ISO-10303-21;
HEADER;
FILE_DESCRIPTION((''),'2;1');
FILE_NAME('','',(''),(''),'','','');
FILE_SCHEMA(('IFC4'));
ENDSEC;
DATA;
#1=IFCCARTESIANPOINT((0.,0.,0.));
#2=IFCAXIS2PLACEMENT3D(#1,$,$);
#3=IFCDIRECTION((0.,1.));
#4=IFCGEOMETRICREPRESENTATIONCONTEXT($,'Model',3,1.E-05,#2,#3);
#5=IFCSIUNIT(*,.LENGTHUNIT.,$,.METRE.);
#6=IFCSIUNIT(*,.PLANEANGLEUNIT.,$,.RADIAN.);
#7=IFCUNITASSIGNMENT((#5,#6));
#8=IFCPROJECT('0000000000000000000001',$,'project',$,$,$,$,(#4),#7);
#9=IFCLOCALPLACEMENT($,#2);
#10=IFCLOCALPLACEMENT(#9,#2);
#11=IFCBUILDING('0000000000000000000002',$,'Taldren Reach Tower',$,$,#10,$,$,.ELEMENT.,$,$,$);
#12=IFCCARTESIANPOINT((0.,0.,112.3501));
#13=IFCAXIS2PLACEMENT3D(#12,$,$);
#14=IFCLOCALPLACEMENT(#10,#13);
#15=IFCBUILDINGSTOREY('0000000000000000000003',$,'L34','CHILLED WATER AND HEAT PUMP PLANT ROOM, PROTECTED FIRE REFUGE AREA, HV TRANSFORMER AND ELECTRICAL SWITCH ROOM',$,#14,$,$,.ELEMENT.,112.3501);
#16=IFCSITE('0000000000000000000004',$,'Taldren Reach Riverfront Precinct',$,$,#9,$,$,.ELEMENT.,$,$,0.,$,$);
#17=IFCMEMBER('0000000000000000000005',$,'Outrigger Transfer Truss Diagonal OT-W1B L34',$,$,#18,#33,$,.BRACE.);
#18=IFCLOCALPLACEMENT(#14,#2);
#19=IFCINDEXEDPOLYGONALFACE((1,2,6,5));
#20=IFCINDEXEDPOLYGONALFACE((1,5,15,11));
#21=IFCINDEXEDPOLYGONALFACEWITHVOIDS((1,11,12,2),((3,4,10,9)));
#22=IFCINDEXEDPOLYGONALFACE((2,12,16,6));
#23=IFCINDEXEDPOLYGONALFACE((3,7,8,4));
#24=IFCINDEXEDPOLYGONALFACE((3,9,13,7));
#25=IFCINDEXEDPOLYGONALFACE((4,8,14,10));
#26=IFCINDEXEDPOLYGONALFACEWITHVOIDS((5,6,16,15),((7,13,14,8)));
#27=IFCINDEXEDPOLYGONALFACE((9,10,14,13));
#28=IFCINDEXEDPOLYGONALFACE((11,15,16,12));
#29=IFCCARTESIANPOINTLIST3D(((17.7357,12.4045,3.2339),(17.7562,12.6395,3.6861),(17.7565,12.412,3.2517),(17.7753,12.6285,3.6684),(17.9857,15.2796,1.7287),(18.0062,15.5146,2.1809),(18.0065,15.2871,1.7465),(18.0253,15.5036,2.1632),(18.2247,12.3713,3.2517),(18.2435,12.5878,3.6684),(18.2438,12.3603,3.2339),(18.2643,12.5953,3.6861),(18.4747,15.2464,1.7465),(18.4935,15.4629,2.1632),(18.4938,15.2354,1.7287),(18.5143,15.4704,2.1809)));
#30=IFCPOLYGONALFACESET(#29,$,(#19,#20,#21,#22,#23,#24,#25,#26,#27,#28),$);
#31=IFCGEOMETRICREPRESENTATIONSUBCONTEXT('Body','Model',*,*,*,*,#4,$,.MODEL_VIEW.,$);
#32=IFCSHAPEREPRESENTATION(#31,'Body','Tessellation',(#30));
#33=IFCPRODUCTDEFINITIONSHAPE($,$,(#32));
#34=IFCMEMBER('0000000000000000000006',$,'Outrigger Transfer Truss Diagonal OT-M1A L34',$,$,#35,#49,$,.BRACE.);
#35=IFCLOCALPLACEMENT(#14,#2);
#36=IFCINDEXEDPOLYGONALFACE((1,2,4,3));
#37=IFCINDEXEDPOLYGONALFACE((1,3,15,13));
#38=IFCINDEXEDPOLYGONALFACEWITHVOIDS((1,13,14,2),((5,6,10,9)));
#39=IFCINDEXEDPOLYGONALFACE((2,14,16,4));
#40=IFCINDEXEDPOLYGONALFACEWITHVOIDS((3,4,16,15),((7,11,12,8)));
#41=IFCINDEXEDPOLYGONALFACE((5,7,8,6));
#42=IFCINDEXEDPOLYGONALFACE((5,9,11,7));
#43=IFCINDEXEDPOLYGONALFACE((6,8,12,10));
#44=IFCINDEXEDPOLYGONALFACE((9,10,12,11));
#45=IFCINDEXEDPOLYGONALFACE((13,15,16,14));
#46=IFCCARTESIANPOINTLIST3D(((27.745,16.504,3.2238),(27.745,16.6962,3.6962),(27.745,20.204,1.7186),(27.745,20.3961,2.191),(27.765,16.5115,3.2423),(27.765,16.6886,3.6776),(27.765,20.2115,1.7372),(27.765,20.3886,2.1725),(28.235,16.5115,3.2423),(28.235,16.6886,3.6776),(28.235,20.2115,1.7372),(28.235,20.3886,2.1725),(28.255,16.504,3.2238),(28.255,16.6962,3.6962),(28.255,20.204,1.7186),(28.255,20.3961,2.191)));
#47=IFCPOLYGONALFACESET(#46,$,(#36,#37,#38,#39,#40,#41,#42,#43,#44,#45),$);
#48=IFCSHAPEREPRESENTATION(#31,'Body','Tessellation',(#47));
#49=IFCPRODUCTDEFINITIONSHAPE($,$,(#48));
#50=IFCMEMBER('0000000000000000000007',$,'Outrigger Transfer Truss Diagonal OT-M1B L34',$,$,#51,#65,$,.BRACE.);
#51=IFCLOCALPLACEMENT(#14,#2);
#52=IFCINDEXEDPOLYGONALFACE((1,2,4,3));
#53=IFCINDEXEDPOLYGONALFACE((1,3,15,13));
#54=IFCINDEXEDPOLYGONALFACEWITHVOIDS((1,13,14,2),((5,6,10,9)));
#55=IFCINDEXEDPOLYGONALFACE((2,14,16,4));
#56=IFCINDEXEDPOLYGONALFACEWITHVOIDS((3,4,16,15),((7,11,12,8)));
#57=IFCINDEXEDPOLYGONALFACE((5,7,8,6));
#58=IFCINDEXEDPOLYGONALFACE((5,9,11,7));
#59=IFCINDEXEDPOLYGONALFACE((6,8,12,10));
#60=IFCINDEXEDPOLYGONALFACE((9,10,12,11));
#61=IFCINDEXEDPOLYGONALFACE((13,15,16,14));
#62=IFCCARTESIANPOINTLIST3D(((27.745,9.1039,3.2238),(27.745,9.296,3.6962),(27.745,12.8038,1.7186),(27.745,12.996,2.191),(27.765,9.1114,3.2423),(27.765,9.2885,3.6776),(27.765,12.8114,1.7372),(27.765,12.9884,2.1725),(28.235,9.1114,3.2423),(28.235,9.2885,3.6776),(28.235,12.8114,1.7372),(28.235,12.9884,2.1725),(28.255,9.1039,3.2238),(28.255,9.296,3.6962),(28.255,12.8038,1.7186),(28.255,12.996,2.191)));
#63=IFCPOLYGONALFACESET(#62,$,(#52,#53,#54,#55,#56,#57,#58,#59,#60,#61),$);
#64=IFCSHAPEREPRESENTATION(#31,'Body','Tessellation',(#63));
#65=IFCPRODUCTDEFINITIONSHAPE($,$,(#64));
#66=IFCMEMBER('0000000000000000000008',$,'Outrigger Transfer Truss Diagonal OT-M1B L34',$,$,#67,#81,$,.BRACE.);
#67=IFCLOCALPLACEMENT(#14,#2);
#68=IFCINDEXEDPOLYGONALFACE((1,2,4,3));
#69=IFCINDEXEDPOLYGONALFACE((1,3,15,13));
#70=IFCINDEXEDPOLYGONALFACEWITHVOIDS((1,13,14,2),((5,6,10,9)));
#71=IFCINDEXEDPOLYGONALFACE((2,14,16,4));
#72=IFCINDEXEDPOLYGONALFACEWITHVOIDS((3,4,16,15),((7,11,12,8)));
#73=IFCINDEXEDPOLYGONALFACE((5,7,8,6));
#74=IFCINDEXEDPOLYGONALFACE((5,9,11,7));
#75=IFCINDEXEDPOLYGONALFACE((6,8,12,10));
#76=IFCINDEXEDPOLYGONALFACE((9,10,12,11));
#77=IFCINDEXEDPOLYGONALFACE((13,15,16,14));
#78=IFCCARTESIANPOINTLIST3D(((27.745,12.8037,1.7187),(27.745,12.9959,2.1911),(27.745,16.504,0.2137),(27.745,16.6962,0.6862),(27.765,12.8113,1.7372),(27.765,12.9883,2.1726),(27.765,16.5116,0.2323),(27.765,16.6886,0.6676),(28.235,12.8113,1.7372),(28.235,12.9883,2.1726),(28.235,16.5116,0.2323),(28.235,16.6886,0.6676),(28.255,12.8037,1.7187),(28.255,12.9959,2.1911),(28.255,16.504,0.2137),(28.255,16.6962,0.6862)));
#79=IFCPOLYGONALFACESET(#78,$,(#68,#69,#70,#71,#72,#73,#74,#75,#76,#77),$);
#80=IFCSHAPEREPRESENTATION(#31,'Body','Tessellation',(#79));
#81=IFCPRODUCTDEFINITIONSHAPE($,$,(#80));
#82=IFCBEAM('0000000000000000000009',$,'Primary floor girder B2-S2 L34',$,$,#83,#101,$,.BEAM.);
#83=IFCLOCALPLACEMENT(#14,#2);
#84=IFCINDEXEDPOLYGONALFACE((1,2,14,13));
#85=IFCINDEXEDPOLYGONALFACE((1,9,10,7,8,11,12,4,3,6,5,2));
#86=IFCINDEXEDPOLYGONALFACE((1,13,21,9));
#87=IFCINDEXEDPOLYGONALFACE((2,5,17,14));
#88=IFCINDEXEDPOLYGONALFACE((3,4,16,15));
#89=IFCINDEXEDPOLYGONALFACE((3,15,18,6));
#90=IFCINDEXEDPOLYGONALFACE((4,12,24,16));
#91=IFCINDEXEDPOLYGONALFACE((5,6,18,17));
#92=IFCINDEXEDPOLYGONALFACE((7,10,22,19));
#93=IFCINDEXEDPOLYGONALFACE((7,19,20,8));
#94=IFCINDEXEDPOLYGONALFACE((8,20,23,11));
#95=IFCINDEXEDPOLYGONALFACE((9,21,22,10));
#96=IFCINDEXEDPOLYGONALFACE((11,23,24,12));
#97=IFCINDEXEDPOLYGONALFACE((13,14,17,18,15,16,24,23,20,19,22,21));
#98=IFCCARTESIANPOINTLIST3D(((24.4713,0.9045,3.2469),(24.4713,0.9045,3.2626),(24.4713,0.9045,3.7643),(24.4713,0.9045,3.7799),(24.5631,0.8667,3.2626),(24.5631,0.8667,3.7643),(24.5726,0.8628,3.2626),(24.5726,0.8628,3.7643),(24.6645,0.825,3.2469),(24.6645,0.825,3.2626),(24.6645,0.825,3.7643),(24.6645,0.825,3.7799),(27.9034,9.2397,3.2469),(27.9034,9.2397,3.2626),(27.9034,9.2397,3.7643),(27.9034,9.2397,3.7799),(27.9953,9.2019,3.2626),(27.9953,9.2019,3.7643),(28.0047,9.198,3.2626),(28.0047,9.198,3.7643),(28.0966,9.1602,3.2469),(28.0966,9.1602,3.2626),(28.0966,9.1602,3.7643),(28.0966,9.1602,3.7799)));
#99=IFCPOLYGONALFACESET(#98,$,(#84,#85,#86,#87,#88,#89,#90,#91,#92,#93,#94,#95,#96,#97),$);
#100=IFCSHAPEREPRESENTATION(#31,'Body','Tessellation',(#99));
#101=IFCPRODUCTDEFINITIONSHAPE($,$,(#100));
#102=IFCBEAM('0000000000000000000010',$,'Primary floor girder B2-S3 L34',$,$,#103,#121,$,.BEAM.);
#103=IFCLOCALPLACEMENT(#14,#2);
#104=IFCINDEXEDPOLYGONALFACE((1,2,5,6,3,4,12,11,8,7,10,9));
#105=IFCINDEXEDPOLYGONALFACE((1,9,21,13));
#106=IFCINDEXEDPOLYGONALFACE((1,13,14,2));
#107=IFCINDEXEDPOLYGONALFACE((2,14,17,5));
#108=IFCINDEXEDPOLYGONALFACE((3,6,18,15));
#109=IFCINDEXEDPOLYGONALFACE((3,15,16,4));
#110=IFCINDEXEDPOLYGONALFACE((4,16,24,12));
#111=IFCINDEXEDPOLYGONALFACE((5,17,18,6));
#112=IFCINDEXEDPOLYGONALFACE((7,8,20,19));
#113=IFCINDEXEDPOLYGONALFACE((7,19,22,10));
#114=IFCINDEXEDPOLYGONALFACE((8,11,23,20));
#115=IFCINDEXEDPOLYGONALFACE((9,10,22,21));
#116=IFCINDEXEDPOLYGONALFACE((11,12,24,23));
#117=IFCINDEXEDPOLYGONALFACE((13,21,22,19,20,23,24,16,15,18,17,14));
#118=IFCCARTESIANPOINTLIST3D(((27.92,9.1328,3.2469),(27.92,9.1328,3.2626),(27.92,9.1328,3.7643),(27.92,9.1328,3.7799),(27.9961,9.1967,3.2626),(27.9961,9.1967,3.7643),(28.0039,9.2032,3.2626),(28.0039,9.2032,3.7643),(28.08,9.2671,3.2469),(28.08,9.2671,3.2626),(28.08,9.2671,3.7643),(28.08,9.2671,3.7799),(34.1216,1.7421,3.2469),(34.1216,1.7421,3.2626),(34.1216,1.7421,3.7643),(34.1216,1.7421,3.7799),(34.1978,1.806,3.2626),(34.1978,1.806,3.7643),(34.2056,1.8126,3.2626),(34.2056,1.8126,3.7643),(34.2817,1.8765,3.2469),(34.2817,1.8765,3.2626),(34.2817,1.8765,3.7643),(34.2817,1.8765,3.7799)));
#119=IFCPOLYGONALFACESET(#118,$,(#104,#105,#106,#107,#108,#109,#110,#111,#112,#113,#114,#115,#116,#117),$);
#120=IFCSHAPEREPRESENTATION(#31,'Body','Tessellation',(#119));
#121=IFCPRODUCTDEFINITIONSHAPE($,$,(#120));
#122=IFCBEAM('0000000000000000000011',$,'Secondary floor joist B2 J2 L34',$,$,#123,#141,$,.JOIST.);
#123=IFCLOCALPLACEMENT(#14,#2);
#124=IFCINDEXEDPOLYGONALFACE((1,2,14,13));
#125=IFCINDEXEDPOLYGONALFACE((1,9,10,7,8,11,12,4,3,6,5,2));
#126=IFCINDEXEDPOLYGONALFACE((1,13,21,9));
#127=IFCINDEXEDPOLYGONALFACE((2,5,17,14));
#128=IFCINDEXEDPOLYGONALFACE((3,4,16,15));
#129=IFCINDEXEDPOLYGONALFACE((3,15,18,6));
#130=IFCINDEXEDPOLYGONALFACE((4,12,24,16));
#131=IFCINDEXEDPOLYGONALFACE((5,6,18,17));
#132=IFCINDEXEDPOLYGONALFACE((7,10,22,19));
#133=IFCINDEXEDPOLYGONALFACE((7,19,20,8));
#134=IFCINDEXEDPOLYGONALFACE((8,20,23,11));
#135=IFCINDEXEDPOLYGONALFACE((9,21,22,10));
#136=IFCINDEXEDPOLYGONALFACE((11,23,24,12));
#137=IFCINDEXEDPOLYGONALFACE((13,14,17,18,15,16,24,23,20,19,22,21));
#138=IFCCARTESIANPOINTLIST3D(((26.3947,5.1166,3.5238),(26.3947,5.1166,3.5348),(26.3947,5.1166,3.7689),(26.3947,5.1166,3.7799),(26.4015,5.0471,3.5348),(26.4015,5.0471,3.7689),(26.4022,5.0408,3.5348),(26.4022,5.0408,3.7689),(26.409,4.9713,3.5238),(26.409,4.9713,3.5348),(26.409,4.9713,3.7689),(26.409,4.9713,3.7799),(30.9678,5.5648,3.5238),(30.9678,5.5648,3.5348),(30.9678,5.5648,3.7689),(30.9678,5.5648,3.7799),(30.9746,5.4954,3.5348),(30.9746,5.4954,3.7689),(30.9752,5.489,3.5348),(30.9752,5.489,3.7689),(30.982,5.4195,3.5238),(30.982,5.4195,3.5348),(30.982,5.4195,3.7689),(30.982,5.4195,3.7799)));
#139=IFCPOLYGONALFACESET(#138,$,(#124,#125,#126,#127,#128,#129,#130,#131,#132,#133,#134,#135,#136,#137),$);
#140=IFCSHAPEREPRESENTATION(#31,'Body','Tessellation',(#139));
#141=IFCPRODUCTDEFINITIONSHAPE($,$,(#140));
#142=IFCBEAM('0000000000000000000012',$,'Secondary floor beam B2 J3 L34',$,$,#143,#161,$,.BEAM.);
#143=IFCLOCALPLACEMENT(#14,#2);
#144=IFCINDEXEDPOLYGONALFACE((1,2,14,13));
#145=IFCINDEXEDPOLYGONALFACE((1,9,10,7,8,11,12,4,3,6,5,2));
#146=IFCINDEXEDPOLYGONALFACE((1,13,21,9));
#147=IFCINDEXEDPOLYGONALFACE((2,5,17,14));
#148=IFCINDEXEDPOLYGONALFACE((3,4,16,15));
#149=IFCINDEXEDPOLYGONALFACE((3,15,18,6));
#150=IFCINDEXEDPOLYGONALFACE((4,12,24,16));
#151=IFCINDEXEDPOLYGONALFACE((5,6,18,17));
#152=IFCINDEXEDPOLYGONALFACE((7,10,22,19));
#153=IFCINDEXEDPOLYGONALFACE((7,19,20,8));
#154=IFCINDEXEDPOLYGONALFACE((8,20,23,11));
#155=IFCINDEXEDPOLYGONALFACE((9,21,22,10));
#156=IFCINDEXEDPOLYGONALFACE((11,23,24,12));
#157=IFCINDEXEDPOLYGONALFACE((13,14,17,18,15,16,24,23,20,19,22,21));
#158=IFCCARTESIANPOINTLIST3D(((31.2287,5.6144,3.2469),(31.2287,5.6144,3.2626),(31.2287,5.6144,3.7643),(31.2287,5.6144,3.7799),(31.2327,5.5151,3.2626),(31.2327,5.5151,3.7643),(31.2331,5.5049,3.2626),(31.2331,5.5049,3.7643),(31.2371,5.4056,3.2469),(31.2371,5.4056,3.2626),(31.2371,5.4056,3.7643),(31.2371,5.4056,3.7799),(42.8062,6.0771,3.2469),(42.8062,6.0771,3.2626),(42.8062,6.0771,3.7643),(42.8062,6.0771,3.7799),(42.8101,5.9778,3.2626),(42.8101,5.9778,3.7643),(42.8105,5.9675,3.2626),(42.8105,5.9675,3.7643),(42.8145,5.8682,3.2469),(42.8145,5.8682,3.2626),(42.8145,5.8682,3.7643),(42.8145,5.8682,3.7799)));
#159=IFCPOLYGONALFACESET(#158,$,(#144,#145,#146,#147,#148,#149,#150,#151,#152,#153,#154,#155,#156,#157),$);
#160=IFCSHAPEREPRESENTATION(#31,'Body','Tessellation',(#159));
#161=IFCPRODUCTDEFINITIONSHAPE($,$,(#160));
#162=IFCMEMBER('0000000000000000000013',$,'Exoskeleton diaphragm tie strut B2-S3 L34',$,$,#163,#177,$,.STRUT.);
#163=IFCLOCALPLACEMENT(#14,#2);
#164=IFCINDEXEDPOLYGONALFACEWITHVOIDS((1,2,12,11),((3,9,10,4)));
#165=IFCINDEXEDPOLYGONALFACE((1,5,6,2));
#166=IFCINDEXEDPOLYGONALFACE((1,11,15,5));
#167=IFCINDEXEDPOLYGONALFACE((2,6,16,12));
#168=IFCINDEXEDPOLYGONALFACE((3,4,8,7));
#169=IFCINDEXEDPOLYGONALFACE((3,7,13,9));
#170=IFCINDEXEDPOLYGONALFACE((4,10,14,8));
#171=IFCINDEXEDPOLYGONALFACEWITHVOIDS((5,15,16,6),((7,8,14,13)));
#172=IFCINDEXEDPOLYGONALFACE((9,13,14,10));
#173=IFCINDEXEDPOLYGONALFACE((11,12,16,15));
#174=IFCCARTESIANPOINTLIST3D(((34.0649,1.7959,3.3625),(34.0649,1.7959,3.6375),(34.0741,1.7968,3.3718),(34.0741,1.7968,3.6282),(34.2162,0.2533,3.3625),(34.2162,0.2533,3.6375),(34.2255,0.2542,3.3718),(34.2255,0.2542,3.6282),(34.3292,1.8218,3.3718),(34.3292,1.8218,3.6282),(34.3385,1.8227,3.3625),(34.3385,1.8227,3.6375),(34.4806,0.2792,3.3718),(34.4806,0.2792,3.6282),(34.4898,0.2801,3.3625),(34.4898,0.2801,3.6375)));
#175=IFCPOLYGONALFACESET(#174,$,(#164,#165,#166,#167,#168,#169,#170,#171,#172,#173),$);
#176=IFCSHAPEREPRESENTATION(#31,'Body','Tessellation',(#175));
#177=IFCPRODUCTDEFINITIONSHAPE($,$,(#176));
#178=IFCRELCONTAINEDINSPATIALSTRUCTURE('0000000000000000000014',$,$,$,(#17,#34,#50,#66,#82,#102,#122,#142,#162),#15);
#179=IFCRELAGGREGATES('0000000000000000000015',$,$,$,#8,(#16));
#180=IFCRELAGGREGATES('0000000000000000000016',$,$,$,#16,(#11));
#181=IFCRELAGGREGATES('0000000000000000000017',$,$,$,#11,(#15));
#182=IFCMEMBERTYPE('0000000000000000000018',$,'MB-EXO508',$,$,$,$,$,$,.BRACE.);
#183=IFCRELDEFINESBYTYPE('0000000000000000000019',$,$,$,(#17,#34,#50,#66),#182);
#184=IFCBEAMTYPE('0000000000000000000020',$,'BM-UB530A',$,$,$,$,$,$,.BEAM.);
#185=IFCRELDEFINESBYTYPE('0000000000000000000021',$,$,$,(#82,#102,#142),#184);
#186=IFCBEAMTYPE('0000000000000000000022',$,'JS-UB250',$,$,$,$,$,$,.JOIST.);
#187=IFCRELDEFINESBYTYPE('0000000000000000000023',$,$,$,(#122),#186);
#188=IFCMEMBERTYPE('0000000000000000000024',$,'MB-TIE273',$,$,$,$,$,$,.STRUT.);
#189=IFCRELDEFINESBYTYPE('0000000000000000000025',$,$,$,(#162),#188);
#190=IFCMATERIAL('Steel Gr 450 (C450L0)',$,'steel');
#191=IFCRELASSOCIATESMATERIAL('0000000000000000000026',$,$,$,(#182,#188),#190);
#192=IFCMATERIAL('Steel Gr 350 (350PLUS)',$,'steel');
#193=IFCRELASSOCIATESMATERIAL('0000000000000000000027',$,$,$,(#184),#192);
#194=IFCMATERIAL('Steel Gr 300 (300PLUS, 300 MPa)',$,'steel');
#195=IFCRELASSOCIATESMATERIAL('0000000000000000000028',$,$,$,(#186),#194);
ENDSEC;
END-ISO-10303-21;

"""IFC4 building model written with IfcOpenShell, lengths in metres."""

from ifc_helpers import new_model, si_unit, direction, frame, origin, origin_2d, place, context, subcontext, project, spatial, hollow_rectangle, i_section, extrude, source, transform, mapped, material, material_profile, profile_set, type_object, element, save


model = new_model("IFC4")

# Units and contexts
model_context = context("Model", 3, precision=1e-05, world=origin(), true_north=direction((0.0, 1.0)))
body_context = subcontext(model_context, "Body", "Model", "MODEL_VIEW")
ifc_project = project(units=[si_unit("LENGTHUNIT", "METRE"), si_unit("PLANEANGLEUNIT", "RADIAN")], contexts=[model_context])

# Site, building, storey
site_placement = place(None, origin())
site = spatial("IfcSite", under=ifc_project, at=site_placement, Name="Taldren Reach Riverfront Precinct", CompositionType="ELEMENT", RefElevation=0.0)
building_placement = place(site_placement, origin())
building = spatial("IfcBuilding", under=site, at=building_placement, Name="Taldren Reach Tower", CompositionType="ELEMENT")
storey_placement = place(building_placement, frame((0.0, 0.0, 112.3501)))
storey = spatial("IfcBuildingStorey", under=building, at=storey_placement, Name="L34", Description="CHILLED WATER AND HEAT PUMP PLANT ROOM, PROTECTED FIRE REFUGE AREA, HV TRANSFORMER AND ELECTRICAL SWITCH ROOM", CompositionType="ELEMENT", Elevation=112.3501)

# Shared definitions
ifc_material_1 = material(Name="Steel Gr 350 (350PLUS)", Category="steel")

# Members
ifc_material_2 = material(Name="Steel Gr 450 (C450L0)", Category="steel")
ifc_material_profile_1 = material_profile(ifc_material_2, hollow_rectangle(XDim=0.51, YDim=0.51, WallThickness=0.02, at=origin_2d()), Name="510x510x20.0SHS")
ifc_profile_set_1 = profile_set([ifc_material_profile_1], Name="Steel Gr 450 (C450L0)")
member_type_1 = type_object("IfcMemberType", Name="MB-EXO508", PredefinedType="BRACE", material=ifc_profile_set_1)
shared_shape_1 = source(origin(), body_context, "Body", "SweptSolid", [
    extrude(hollow_rectangle(XDim=0.51, YDim=0.51, WallThickness=0.02, at=origin_2d()), origin(), (0.0, 0.0, 1.0), 3.2549),
])
for number, where, z_axis, x_axis, name in (
    (1, (18.25, 15.375, 1.9548), (-0.07681, -0.883319, 0.462437), (0.996241, -0.08663, 0.0), "Outrigger Transfer Truss Diagonal OT-W1B L34"),
):
    element("IfcMember", number, at=place(storey_placement, frame(where, z_axis=z_axis, x_axis=x_axis)), inside=storey, type_object=member_type_1, Name=name, PredefinedType="BRACE", context=body_context, shape_type="MappedRepresentation", body=[
        mapped(shared_shape_1, transform((0.0, 0.0, 0.0), scale=1.0)),
    ])
shared_shape_2 = source(origin(), body_context, "Body", "SweptSolid", [
    extrude(hollow_rectangle(XDim=0.51, YDim=0.51, WallThickness=0.02, at=origin_2d()), origin(), (0.0, 0.0, 1.0), 3.9944),
])
for number, where, z_axis, x_axis, name in (
    (2, (28.0, 20.3, 1.9548), (0.0, -0.92629, 0.376811), (1.0, 0.0, 0.0), "Outrigger Transfer Truss Diagonal OT-M1A L34"),
    (3, (28.0, 12.8999, 1.9548), (0.0, -0.92629, 0.376811), (1.0, 0.0, 0.0), "Outrigger Transfer Truss Diagonal OT-M1B L34"),
):
    element("IfcMember", number, at=place(storey_placement, frame(where, z_axis=z_axis, x_axis=x_axis)), inside=storey, type_object=member_type_1, Name=name, PredefinedType="BRACE", context=body_context, shape_type="MappedRepresentation", body=[
        mapped(shared_shape_2, transform((0.0, 0.0, 0.0), scale=1.0)),
    ])
shared_shape_3 = source(origin(), body_context, "Body", "SweptSolid", [
    extrude(hollow_rectangle(XDim=0.51, YDim=0.51, WallThickness=0.02, at=origin_2d()), origin(), (0.0, 0.0, 1.0), 3.9946),
])
member_1_placement = place(storey_placement, frame((28.0, 16.6001, 0.45), z_axis=(0.0, -0.92632, 0.376738), x_axis=(1.0, 0.0, 0.0)))
element("IfcMember", 4, at=member_1_placement, inside=storey, type_object=member_type_1, Name="Outrigger Transfer Truss Diagonal OT-M1B L34", PredefinedType="BRACE", context=body_context, shape_type="MappedRepresentation", body=[
    mapped(shared_shape_3, transform((0.0, 0.0, 0.0), scale=1.0)),
])

# Beams
ifc_material_profile_2 = material_profile(ifc_material_1, i_section(OverallWidth=0.209, OverallDepth=0.533, WebThickness=0.0103, FlangeThickness=0.0156, at=origin_2d()), Name="530UB92.4")
ifc_profile_set_2 = profile_set([ifc_material_profile_2], Name="Steel Gr 350 (350PLUS)")
beam_type_1 = type_object("IfcBeamType", Name="BM-UB530A", PredefinedType="BEAM", material=ifc_profile_set_2)
shared_shape_4 = source(origin(), body_context, "Body", "SweptSolid", [
    extrude(i_section(OverallWidth=0.209, OverallDepth=0.533, WebThickness=0.0103, FlangeThickness=0.0156, at=origin_2d()), origin(), (0.0, 0.0, 1.0), 9.0142),
])
beam_1_placement = place(storey_placement, frame((28.0, 9.2, 3.5134), z_axis=(-0.380748, -0.924679, 0.0), x_axis=(0.924679, -0.380748, 0.0)))
element("IfcBeam", 5, at=beam_1_placement, inside=storey, type_object=beam_type_1, Name="Primary floor girder B2-S2 L34", PredefinedType="BEAM", context=body_context, shape_type="MappedRepresentation", body=[
    mapped(shared_shape_4, transform((0.0, 0.0, 0.0), scale=1.0)),
])
shared_shape_5 = source(origin(), body_context, "Body", "SweptSolid", [
    extrude(i_section(OverallWidth=0.209, OverallDepth=0.533, WebThickness=0.0103, FlangeThickness=0.0156, at=origin_2d()), origin(), (0.0, 0.0, 1.0), 9.6479),
])
beam_2_placement = place(storey_placement, frame((28.0, 9.2, 3.5134), z_axis=(0.642799, -0.766035, 0.0), x_axis=(0.766035, 0.642799, 0.0)))
element("IfcBeam", 6, at=beam_2_placement, inside=storey, type_object=beam_type_1, Name="Primary floor girder B2-S3 L34", PredefinedType="BEAM", context=body_context, shape_type="MappedRepresentation", body=[
    mapped(shared_shape_5, transform((0.0, 0.0, 0.0), scale=1.0)),
])
ifc_material_3 = material(Name="Steel Gr 300 (300PLUS, 300 MPa)", Category="steel")
ifc_material_profile_3 = material_profile(ifc_material_3, i_section(OverallWidth=0.146, OverallDepth=0.2561, WebThickness=0.0063, FlangeThickness=0.011, at=origin_2d()), Name="250UB37.3")
ifc_profile_set_3 = profile_set([ifc_material_profile_3], Name="Steel Gr 300 (300PLUS, 300 MPa)")
beam_type_2 = type_object("IfcBeamType", Name="JS-UB250", PredefinedType="JOIST", material=ifc_profile_set_3)
shared_shape_6 = source(origin(), body_context, "Body", "SweptSolid", [
    extrude(i_section(OverallWidth=0.146, OverallDepth=0.2561, WebThickness=0.0063, FlangeThickness=0.011, at=origin_2d()), origin(), (0.0, 0.0, 1.0), 4.595),
])
beam_3_placement = place(storey_placement, frame((26.4019, 5.0439, 3.6519), z_axis=(0.99523, 0.097552, 0.0), x_axis=(-0.097552, 0.99523, 0.0)))
element("IfcBeam", 7, at=beam_3_placement, inside=storey, type_object=beam_type_2, Name="Secondary floor joist B2 J2 L34", PredefinedType="JOIST", context=body_context, shape_type="MappedRepresentation", body=[
    mapped(shared_shape_6, transform((0.0, 0.0, 0.0), scale=1.0)),
])
shared_shape_7 = source(origin(), body_context, "Body", "SweptSolid", [
    extrude(i_section(OverallWidth=0.209, OverallDepth=0.533, WebThickness=0.0103, FlangeThickness=0.0156, at=origin_2d()), origin(), (0.0, 0.0, 1.0), 11.5867),
])
beam_4_placement = place(storey_placement, frame((31.2329, 5.51, 3.5134), z_axis=(0.999203, 0.039929, 0.0), x_axis=(-0.039929, 0.999203, 0.0)))
element("IfcBeam", 8, at=beam_4_placement, inside=storey, type_object=beam_type_1, Name="Secondary floor beam B2 J3 L34", PredefinedType="BEAM", context=body_context, shape_type="MappedRepresentation", body=[
    mapped(shared_shape_7, transform((0.0, 0.0, 0.0), scale=1.0)),
])

# Member
ifc_material_profile_4 = material_profile(ifc_material_2, hollow_rectangle(XDim=0.2749, YDim=0.2749, WallThickness=0.0093, at=origin_2d()), Name="275x275x9.3SHS")
ifc_profile_set_4 = profile_set([ifc_material_profile_4], Name="Steel Gr 450 (C450L0)")
member_type_2 = type_object("IfcMemberType", Name="MB-TIE273", PredefinedType="STRUT", material=ifc_profile_set_4)
shared_shape_8 = source(origin(), body_context, "Body", "SweptSolid", [
    extrude(hollow_rectangle(XDim=0.2749, YDim=0.2749, WallThickness=0.0093, at=origin_2d()), origin(), (0.0, 0.0, 1.0), 1.55),
])
member_2_placement = place(storey_placement, frame((34.2017, 1.8093, 3.5), z_axis=(0.097648, -0.995221, 0.0), x_axis=(0.995221, 0.097648, 0.0)))
element("IfcMember", 9, at=member_2_placement, inside=storey, type_object=member_type_2, Name="Exoskeleton diaphragm tie strut B2-S3 L34", PredefinedType="STRUT", context=body_context, shape_type="MappedRepresentation", body=[
    mapped(shared_shape_8, transform((0.0, 0.0, 0.0), scale=1.0)),
])

save(model, "model.ifc")
